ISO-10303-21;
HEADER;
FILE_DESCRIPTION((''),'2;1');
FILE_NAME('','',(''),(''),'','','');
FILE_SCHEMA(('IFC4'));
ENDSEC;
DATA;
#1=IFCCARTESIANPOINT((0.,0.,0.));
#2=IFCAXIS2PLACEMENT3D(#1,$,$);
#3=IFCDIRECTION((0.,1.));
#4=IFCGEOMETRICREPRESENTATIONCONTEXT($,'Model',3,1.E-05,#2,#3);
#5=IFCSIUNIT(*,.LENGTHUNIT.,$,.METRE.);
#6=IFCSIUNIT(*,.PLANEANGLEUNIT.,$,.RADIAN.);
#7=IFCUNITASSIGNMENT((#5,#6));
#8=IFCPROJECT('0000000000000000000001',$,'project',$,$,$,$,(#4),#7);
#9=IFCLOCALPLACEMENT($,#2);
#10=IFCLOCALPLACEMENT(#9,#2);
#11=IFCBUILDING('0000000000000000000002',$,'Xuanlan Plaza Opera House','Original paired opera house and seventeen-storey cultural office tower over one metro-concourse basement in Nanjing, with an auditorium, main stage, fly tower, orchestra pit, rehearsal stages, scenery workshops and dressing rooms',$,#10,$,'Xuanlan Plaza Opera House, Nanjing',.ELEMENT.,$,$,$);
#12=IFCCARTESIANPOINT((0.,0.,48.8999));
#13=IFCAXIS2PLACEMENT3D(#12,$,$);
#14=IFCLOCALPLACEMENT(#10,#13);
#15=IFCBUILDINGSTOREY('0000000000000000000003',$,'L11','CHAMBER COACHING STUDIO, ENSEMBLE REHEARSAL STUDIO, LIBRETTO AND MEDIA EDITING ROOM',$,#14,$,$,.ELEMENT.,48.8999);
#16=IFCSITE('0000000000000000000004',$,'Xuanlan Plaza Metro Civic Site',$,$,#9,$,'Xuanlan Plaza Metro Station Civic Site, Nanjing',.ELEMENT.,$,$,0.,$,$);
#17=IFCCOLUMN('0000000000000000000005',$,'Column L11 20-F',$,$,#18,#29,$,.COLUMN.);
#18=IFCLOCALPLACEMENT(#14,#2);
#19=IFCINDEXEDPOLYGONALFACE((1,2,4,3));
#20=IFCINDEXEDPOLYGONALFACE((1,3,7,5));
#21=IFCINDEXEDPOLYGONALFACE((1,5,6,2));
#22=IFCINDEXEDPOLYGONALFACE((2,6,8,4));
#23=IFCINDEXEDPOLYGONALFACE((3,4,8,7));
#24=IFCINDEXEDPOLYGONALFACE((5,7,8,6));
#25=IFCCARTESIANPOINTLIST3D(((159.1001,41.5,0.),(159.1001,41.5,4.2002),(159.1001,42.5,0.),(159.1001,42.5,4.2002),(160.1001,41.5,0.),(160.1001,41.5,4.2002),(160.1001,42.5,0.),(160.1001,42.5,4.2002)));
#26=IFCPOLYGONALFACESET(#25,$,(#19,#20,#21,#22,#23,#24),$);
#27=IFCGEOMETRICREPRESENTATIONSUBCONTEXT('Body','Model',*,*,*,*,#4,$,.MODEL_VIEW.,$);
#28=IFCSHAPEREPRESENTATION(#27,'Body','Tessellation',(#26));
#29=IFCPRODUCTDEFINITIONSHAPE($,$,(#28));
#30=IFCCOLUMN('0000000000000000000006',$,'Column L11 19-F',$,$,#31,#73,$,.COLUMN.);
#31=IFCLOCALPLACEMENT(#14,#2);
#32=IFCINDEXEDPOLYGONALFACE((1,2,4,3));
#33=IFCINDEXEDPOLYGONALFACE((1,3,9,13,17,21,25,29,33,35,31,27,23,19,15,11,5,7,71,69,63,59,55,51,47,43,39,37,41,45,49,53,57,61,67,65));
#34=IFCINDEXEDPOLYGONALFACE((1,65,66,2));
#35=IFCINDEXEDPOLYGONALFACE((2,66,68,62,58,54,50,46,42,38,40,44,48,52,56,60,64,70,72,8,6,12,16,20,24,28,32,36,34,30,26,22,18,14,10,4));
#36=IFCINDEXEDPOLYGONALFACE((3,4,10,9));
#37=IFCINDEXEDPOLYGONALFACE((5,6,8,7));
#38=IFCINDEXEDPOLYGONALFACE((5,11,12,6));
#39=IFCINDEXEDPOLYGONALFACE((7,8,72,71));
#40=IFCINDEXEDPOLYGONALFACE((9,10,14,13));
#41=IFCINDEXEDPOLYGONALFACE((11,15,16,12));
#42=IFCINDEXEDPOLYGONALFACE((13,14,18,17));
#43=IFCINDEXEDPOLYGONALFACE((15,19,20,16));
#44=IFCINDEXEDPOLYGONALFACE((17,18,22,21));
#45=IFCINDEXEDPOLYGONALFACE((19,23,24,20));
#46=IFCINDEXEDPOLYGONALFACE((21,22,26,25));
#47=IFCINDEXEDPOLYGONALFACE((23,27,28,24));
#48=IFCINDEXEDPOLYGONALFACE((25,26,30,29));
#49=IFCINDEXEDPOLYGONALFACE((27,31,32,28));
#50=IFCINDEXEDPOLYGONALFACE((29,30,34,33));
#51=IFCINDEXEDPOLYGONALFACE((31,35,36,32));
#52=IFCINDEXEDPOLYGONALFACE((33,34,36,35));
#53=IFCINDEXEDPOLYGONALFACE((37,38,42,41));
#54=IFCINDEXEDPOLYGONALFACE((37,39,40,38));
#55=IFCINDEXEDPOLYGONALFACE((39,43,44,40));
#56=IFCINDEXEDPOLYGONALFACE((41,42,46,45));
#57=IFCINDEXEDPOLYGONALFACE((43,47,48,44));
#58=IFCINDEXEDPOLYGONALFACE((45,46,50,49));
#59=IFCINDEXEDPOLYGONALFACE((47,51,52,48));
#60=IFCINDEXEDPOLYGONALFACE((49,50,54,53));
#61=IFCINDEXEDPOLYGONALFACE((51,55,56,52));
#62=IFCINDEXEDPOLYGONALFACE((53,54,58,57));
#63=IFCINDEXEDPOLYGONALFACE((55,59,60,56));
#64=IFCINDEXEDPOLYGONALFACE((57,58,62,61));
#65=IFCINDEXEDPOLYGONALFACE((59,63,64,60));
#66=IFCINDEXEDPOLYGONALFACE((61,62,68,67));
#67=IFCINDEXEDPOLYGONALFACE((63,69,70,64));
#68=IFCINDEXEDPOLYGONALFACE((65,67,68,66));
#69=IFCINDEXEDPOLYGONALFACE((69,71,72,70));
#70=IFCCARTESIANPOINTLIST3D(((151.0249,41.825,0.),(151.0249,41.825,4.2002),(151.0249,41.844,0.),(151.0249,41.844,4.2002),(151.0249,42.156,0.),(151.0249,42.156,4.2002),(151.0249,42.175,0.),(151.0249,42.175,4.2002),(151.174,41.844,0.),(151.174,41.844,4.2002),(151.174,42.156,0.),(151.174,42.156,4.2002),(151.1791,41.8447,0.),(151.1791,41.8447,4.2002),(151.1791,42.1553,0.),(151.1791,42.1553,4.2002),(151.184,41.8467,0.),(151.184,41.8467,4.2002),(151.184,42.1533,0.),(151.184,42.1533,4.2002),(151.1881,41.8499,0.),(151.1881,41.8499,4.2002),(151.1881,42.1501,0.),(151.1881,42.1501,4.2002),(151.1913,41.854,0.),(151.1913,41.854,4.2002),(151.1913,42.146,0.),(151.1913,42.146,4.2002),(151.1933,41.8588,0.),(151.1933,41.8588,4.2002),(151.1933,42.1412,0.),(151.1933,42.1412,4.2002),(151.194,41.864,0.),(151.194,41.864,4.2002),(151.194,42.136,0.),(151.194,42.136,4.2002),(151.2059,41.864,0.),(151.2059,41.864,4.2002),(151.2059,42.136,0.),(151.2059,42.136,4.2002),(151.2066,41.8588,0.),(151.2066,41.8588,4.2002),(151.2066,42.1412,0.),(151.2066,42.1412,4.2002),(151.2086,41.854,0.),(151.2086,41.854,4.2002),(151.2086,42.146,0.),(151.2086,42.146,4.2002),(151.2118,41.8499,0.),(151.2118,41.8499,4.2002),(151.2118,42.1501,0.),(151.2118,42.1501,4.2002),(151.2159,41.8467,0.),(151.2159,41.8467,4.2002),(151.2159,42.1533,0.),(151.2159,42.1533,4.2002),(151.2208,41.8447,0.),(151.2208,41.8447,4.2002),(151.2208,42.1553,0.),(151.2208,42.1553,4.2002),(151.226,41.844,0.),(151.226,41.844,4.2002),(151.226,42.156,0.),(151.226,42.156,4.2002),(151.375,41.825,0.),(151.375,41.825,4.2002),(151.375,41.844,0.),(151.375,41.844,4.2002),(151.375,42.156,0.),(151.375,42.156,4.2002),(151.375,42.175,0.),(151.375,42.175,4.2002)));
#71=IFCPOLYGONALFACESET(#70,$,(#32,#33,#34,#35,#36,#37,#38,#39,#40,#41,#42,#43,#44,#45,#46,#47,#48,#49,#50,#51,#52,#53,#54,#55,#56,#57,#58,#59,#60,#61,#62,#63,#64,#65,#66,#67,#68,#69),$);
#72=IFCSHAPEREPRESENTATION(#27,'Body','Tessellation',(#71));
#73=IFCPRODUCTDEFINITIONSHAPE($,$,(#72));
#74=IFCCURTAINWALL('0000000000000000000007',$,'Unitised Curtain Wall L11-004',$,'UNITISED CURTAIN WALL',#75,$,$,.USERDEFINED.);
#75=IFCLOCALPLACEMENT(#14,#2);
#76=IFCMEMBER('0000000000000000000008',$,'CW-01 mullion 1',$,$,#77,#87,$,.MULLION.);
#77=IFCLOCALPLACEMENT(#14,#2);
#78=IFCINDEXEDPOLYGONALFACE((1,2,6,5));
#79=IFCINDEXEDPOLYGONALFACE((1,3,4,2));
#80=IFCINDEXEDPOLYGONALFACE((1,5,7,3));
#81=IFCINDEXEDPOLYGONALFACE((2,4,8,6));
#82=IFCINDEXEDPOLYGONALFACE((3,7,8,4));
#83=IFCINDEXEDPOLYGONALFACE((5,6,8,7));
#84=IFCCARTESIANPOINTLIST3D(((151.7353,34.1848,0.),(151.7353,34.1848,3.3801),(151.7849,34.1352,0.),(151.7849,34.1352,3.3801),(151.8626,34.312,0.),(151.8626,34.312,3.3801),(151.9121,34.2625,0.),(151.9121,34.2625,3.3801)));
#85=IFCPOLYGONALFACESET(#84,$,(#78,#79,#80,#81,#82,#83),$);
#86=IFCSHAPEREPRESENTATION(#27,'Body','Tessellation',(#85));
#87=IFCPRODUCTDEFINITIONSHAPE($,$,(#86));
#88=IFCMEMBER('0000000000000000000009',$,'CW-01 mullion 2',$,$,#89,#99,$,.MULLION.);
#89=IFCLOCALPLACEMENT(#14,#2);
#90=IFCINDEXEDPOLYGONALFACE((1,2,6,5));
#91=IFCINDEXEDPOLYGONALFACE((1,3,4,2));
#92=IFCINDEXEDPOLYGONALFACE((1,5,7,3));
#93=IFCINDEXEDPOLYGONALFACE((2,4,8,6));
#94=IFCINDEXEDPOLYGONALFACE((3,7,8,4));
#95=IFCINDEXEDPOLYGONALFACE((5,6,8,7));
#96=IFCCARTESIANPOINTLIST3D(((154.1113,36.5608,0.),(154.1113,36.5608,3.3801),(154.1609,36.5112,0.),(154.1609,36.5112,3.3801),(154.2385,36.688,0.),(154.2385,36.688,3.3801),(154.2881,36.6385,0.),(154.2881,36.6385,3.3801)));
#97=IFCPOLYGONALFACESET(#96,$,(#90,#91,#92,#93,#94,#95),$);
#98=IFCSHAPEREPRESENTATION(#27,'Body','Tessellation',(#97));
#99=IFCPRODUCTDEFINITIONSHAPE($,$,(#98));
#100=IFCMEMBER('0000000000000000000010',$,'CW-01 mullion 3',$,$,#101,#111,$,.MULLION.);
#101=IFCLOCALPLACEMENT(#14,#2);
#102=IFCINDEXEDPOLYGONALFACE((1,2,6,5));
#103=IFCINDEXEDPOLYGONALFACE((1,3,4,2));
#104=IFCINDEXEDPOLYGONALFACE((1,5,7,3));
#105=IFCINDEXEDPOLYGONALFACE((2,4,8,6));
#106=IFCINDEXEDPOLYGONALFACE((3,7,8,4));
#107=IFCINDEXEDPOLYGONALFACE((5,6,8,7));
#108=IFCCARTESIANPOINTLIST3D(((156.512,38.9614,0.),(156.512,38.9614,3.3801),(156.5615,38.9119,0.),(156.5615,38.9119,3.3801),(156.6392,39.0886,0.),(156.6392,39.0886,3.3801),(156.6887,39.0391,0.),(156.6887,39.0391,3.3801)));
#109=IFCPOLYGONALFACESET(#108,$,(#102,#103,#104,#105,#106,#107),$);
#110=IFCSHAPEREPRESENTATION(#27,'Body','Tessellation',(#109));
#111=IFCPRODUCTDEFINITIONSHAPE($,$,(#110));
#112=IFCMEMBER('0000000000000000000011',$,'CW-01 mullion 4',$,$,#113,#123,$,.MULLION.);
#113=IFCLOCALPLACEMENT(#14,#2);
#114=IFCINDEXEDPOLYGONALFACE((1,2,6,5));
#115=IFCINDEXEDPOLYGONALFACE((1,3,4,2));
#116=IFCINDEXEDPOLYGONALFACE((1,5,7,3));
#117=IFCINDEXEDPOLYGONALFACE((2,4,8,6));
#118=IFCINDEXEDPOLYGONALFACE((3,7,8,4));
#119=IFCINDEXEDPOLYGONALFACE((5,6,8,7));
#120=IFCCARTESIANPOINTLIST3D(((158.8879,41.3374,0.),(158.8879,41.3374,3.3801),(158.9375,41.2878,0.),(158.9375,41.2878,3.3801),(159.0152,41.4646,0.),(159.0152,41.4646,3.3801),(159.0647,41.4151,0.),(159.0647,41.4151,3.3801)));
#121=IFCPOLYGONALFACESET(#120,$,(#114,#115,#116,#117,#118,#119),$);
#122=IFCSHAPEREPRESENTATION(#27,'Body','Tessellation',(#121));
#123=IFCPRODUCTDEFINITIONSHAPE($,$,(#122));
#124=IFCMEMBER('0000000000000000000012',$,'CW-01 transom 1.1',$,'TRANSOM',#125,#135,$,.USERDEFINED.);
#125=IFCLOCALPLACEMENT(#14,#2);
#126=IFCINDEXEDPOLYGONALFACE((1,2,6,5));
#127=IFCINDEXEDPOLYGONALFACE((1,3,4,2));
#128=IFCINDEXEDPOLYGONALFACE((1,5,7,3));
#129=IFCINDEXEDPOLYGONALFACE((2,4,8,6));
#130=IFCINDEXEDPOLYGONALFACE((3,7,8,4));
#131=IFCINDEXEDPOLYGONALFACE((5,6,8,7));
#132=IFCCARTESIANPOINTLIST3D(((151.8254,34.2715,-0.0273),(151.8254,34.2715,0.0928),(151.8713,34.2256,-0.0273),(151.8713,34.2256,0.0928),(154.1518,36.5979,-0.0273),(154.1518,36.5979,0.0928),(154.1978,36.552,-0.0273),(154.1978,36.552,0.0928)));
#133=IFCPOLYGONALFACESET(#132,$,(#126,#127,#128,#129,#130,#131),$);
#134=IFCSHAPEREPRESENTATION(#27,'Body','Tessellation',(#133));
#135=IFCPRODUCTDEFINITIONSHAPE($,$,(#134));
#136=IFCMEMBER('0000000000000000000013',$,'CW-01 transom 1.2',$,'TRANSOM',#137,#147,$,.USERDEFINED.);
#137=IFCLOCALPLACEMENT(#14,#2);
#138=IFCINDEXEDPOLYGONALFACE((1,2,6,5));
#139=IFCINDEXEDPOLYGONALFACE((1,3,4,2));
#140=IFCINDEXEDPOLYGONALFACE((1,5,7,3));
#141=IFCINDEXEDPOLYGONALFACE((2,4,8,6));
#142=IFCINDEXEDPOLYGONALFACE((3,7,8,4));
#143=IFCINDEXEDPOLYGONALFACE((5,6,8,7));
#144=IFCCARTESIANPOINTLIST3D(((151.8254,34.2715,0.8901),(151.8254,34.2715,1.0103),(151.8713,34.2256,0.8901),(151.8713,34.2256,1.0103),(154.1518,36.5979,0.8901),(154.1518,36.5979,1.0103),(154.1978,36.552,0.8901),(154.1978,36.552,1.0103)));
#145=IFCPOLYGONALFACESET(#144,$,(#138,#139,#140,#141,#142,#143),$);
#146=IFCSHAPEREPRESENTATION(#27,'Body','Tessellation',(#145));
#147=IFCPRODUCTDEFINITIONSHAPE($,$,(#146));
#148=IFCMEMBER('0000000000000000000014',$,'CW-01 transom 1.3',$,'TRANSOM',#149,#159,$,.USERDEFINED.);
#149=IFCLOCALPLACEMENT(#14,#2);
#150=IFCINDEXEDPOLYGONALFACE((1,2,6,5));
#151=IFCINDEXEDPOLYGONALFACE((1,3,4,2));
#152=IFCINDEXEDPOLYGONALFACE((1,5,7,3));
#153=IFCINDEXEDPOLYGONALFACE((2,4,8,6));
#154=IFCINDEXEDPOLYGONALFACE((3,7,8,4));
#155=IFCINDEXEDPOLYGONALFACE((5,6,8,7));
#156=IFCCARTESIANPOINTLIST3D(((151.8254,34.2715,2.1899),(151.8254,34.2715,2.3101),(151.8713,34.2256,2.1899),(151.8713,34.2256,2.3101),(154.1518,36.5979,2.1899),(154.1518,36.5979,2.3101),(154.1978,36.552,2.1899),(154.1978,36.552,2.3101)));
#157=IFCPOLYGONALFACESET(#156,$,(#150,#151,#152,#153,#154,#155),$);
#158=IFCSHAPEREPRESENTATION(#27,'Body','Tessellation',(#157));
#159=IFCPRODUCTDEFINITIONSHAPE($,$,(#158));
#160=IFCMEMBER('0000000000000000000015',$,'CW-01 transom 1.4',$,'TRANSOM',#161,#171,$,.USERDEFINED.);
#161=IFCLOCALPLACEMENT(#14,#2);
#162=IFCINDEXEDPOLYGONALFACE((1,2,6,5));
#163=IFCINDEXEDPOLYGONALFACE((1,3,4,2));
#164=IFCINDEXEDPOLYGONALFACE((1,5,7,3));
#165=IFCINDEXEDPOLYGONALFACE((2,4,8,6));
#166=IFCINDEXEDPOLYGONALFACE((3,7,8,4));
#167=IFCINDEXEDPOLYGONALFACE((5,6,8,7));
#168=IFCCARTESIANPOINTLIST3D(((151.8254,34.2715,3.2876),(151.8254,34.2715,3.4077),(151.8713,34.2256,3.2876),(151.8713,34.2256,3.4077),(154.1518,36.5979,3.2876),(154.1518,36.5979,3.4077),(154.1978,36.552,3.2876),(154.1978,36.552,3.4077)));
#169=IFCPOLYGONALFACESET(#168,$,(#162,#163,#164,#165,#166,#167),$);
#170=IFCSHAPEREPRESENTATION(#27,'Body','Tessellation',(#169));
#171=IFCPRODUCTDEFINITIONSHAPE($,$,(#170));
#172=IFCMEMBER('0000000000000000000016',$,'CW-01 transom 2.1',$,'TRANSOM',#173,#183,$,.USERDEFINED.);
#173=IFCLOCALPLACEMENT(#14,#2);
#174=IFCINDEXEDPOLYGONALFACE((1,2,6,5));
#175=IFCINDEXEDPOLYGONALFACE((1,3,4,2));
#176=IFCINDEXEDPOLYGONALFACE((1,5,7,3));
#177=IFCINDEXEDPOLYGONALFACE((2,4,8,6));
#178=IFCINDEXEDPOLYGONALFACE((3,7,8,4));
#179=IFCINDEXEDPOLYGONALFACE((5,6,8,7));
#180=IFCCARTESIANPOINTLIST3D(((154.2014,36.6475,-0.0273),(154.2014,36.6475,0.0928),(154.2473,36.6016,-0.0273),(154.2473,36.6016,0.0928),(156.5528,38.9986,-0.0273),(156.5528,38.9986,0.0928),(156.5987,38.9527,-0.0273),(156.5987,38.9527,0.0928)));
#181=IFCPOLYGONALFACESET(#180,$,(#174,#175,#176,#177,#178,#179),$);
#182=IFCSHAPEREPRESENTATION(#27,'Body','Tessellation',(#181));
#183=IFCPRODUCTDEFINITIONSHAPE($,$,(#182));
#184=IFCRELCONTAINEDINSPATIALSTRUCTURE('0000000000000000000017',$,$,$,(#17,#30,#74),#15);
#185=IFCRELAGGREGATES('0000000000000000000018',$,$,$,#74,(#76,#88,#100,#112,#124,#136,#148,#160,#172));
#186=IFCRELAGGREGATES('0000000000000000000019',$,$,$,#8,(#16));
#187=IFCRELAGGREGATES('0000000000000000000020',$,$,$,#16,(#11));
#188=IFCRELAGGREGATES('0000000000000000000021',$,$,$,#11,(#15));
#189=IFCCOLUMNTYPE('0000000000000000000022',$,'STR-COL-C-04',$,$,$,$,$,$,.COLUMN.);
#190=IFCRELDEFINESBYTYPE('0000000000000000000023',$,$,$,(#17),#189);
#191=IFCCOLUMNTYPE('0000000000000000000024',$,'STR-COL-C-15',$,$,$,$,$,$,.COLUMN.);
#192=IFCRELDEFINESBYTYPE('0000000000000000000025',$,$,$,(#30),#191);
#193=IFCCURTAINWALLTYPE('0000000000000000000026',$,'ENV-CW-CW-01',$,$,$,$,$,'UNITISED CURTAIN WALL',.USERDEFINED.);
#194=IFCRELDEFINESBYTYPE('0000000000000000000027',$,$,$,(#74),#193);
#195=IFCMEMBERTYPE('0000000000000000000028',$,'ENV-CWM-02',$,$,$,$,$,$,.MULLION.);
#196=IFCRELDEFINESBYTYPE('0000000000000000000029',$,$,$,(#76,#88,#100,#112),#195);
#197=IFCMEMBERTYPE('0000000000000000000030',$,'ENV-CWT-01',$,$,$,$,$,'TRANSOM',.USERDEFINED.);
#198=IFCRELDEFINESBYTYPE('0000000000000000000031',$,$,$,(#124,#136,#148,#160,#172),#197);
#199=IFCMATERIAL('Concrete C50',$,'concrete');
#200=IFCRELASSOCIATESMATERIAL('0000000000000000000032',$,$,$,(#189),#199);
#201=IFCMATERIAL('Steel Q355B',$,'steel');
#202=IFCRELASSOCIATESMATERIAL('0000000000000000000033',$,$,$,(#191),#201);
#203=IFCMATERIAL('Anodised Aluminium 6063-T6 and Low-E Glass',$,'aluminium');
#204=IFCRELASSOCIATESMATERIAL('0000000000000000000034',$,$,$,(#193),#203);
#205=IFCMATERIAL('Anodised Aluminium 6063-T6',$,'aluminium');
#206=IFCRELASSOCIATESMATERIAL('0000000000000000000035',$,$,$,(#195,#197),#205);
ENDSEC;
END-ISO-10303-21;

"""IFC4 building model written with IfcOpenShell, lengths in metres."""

from ifc_helpers import new_model, si_unit, direction, frame, origin, origin_2d, place, context, subcontext, project, spatial, rectangle, i_section, extrude, material, material_profile, profile_set, type_object, element, aggregate, save


model = new_model("IFC4")

# Units and contexts
model_context = context("Model", 3, precision=1e-05, world=origin(), true_north=direction((0.0, 1.0)))
body_context = subcontext(model_context, "Body", "Model", "MODEL_VIEW")
ifc_project = project(units=[si_unit("LENGTHUNIT", "METRE"), si_unit("PLANEANGLEUNIT", "RADIAN")], contexts=[model_context])

# Site, building, storey
site_placement = place(None, origin())
site = spatial("IfcSite", under=ifc_project, at=site_placement, Name="Xuanlan Plaza Metro Civic Site", LongName="Xuanlan Plaza Metro Station Civic Site, Nanjing", CompositionType="ELEMENT", RefElevation=0.0)
building_placement = place(site_placement, origin())
building = spatial("IfcBuilding", under=site, at=building_placement, Name="Xuanlan Plaza Opera House", Description="Original paired opera house and seventeen-storey cultural office tower over one metro-concourse basement in Nanjing, with an auditorium, main stage, fly tower, orchestra pit, rehearsal stages, scenery workshops and dressing rooms", LongName="Xuanlan Plaza Opera House, Nanjing", CompositionType="ELEMENT")
storey_placement = place(building_placement, frame((0.0, 0.0, 48.8999)))
storey = spatial("IfcBuildingStorey", under=building, at=storey_placement, Name="L11", Description="CHAMBER COACHING STUDIO, ENSEMBLE REHEARSAL STUDIO, LIBRETTO AND MEDIA EDITING ROOM", CompositionType="ELEMENT", Elevation=48.8999)

# Columns
ifc_material_1 = material(Name="Concrete C50", Category="concrete")
ifc_material_profile_1 = material_profile(ifc_material_1, rectangle(XDim=1.0, YDim=1.0, at=origin_2d()), Name="RC-COL 1000x1000")
ifc_profile_set_1 = profile_set([ifc_material_profile_1], Name="Concrete C50")
column_type_1 = type_object("IfcColumnType", Name="STR-COL-C-04", PredefinedType="COLUMN", material=ifc_profile_set_1)
column_1_placement = place(storey_placement, frame((159.6001, 42.0, 0.0), z_axis=(0.0, 0.0, 1.0), x_axis=(1.0, 0.0, 0.0)))
element("IfcColumn", 1, at=column_1_placement, inside=storey, type_object=column_type_1, Name="Column L11 20-F", PredefinedType="COLUMN", context=body_context, shape_type="SweptSolid", body=[
    extrude(rectangle(XDim=1.0, YDim=1.0, at=origin_2d()), origin(), (0.0, 0.0, 1.0), 4.2002),
])
ifc_material_2 = material(Name="Steel Q355B", Category="steel")
ifc_material_profile_2 = material_profile(ifc_material_2, i_section(OverallWidth=0.3501, OverallDepth=0.3501, WebThickness=0.012, FlangeThickness=0.019, FilletRadius=0.02, at=origin_2d()), Name="HW 350x350x12x19")
ifc_profile_set_2 = profile_set([ifc_material_profile_2], Name="Steel Q355B")
column_type_2 = type_object("IfcColumnType", Name="STR-COL-C-15", PredefinedType="COLUMN", material=ifc_profile_set_2)
column_2_placement = place(storey_placement, frame((151.2, 42.0, 0.0), z_axis=(0.0, 0.0, 1.0), x_axis=(1.0, 0.0, 0.0)))
element("IfcColumn", 2, at=column_2_placement, inside=storey, type_object=column_type_2, Name="Column L11 19-F", PredefinedType="COLUMN", context=body_context, shape_type="SweptSolid", body=[
    extrude(i_section(OverallWidth=0.3501, OverallDepth=0.3501, WebThickness=0.012, FlangeThickness=0.019, FilletRadius=0.02, at=origin_2d()), origin(), (0.0, 0.0, 1.0), 4.2002),
])

# Curtain wall, members
ifc_material_3 = material(Name="Anodised Aluminium 6063-T6 and Low-E Glass", Category="aluminium")
curtain_wall_type = type_object("IfcCurtainWallType", Name="ENV-CW-CW-01", ElementType="UNITISED CURTAIN WALL", PredefinedType="USERDEFINED", material=ifc_material_3)
curtain_wall_placement = place(storey_placement, origin())
curtain_wall = element("IfcCurtainWall", 3, at=curtain_wall_placement, inside=storey, type_object=curtain_wall_type, Name="Unitised Curtain Wall L11-004", ObjectType="UNITISED CURTAIN WALL", PredefinedType="USERDEFINED")
ifc_material_4 = material(Name="Anodised Aluminium 6063-T6", Category="aluminium")
ifc_material_profile_3 = material_profile(ifc_material_4, rectangle(XDim=0.0701, YDim=0.1799, at=origin_2d()), Name="ALU-M 70x180")
ifc_profile_set_3 = profile_set([ifc_material_profile_3], Name="Anodised Aluminium 6063-T6")
member_type_1 = type_object("IfcMemberType", Name="ENV-CWM-02", PredefinedType="MULLION", material=ifc_profile_set_3)
member_1_placement = place(storey_placement, frame((151.8237, 34.2236, 0.0), z_axis=(0.0, 0.0, 1.0), x_axis=(-0.707107, 0.707107, 0.0)))
member_1 = element("IfcMember", 4, at=member_1_placement, type_object=member_type_1, Name="CW-01 mullion 1", PredefinedType="MULLION", context=body_context, shape_type="SweptSolid", body=[
    extrude(rectangle(XDim=0.0701, YDim=0.1799, at=origin_2d()), origin(), (0.0, 0.0, 1.0), 3.3801),
])
member_2_placement = place(storey_placement, frame((154.1997, 36.5996, 0.0), z_axis=(0.0, 0.0, 1.0), x_axis=(-0.707107, 0.707107, 0.0)))
member_2 = element("IfcMember", 5, at=member_2_placement, type_object=member_type_1, Name="CW-01 mullion 2", PredefinedType="MULLION", context=body_context, shape_type="SweptSolid", body=[
    extrude(rectangle(XDim=0.0701, YDim=0.1799, at=origin_2d()), origin(), (0.0, 0.0, 1.0), 3.3801),
])
member_3_placement = place(storey_placement, frame((156.6003, 39.0002, 0.0), z_axis=(0.0, 0.0, 1.0), x_axis=(-0.707107, 0.707107, 0.0)))
member_3 = element("IfcMember", 6, at=member_3_placement, type_object=member_type_1, Name="CW-01 mullion 3", PredefinedType="MULLION", context=body_context, shape_type="SweptSolid", body=[
    extrude(rectangle(XDim=0.0701, YDim=0.1799, at=origin_2d()), origin(), (0.0, 0.0, 1.0), 3.3801),
])
member_4_placement = place(storey_placement, frame((158.9763, 41.3762, 0.0), z_axis=(0.0, 0.0, 1.0), x_axis=(-0.707107, 0.707107, 0.0)))
member_4 = element("IfcMember", 7, at=member_4_placement, type_object=member_type_1, Name="CW-01 mullion 4", PredefinedType="MULLION", context=body_context, shape_type="SweptSolid", body=[
    extrude(rectangle(XDim=0.0701, YDim=0.1799, at=origin_2d()), origin(), (0.0, 0.0, 1.0), 3.3801),
])
ifc_material_profile_4 = material_profile(ifc_material_4, rectangle(XDim=0.0649, YDim=0.1201, at=origin_2d()), Name="ALU-T 65x120")
ifc_profile_set_4 = profile_set([ifc_material_profile_4], Name="Anodised Aluminium 6063-T6")
member_type_2 = type_object("IfcMemberType", Name="ENV-CWT-01", ElementType="TRANSOM", PredefinedType="USERDEFINED", material=ifc_profile_set_4)
member_5_placement = place(storey_placement, frame((151.8484, 34.2485, 0.0327), z_axis=(0.707107, 0.707107, 0.0), x_axis=(-0.707107, 0.707107, 0.0)))
member_5 = element("IfcMember", 8, at=member_5_placement, type_object=member_type_2, Name="CW-01 transom 1.1", ObjectType="TRANSOM", PredefinedType="USERDEFINED", context=body_context, shape_type="SweptSolid", body=[
    extrude(rectangle(XDim=0.0649, YDim=0.1201, at=origin_2d()), origin(), (0.0, 0.0, 1.0), 3.29),
])
member_6_placement = place(storey_placement, frame((151.8484, 34.2485, 0.9502), z_axis=(0.707107, 0.707107, 0.0), x_axis=(-0.707107, 0.707107, 0.0)))
member_6 = element("IfcMember", 9, at=member_6_placement, type_object=member_type_2, Name="CW-01 transom 1.2", ObjectType="TRANSOM", PredefinedType="USERDEFINED", context=body_context, shape_type="SweptSolid", body=[
    extrude(rectangle(XDim=0.0649, YDim=0.1201, at=origin_2d()), origin(), (0.0, 0.0, 1.0), 3.29),
])
member_7_placement = place(storey_placement, frame((151.8484, 34.2485, 2.25), z_axis=(0.707107, 0.707107, 0.0), x_axis=(-0.707107, 0.707107, 0.0)))
member_7 = element("IfcMember", 10, at=member_7_placement, type_object=member_type_2, Name="CW-01 transom 1.3", ObjectType="TRANSOM", PredefinedType="USERDEFINED", context=body_context, shape_type="SweptSolid", body=[
    extrude(rectangle(XDim=0.0649, YDim=0.1201, at=origin_2d()), origin(), (0.0, 0.0, 1.0), 3.29),
])
member_8_placement = place(storey_placement, frame((151.8484, 34.2485, 3.3477), z_axis=(0.707107, 0.707107, 0.0), x_axis=(-0.707107, 0.707107, 0.0)))
member_8 = element("IfcMember", 11, at=member_8_placement, type_object=member_type_2, Name="CW-01 transom 1.4", ObjectType="TRANSOM", PredefinedType="USERDEFINED", context=body_context, shape_type="SweptSolid", body=[
    extrude(rectangle(XDim=0.0649, YDim=0.1201, at=origin_2d()), origin(), (0.0, 0.0, 1.0), 3.29),
])
member_9_placement = place(storey_placement, frame((154.2244, 36.6245, 0.0327), z_axis=(0.707143, 0.70707, 0.0), x_axis=(-0.70707, 0.707143, 0.0)))
member_9 = element("IfcMember", 12, at=member_9_placement, type_object=member_type_2, Name="CW-01 transom 2.1", ObjectType="TRANSOM", PredefinedType="USERDEFINED", context=body_context, shape_type="SweptSolid", body=[
    extrude(rectangle(XDim=0.0649, YDim=0.1201, at=origin_2d()), origin(), (0.0, 0.0, 1.0), 3.3252),
])

aggregate(curtain_wall, [member_1, member_2, member_3, member_4, member_5, member_6, member_7, member_8, member_9])

save(model, "model.ifc")
